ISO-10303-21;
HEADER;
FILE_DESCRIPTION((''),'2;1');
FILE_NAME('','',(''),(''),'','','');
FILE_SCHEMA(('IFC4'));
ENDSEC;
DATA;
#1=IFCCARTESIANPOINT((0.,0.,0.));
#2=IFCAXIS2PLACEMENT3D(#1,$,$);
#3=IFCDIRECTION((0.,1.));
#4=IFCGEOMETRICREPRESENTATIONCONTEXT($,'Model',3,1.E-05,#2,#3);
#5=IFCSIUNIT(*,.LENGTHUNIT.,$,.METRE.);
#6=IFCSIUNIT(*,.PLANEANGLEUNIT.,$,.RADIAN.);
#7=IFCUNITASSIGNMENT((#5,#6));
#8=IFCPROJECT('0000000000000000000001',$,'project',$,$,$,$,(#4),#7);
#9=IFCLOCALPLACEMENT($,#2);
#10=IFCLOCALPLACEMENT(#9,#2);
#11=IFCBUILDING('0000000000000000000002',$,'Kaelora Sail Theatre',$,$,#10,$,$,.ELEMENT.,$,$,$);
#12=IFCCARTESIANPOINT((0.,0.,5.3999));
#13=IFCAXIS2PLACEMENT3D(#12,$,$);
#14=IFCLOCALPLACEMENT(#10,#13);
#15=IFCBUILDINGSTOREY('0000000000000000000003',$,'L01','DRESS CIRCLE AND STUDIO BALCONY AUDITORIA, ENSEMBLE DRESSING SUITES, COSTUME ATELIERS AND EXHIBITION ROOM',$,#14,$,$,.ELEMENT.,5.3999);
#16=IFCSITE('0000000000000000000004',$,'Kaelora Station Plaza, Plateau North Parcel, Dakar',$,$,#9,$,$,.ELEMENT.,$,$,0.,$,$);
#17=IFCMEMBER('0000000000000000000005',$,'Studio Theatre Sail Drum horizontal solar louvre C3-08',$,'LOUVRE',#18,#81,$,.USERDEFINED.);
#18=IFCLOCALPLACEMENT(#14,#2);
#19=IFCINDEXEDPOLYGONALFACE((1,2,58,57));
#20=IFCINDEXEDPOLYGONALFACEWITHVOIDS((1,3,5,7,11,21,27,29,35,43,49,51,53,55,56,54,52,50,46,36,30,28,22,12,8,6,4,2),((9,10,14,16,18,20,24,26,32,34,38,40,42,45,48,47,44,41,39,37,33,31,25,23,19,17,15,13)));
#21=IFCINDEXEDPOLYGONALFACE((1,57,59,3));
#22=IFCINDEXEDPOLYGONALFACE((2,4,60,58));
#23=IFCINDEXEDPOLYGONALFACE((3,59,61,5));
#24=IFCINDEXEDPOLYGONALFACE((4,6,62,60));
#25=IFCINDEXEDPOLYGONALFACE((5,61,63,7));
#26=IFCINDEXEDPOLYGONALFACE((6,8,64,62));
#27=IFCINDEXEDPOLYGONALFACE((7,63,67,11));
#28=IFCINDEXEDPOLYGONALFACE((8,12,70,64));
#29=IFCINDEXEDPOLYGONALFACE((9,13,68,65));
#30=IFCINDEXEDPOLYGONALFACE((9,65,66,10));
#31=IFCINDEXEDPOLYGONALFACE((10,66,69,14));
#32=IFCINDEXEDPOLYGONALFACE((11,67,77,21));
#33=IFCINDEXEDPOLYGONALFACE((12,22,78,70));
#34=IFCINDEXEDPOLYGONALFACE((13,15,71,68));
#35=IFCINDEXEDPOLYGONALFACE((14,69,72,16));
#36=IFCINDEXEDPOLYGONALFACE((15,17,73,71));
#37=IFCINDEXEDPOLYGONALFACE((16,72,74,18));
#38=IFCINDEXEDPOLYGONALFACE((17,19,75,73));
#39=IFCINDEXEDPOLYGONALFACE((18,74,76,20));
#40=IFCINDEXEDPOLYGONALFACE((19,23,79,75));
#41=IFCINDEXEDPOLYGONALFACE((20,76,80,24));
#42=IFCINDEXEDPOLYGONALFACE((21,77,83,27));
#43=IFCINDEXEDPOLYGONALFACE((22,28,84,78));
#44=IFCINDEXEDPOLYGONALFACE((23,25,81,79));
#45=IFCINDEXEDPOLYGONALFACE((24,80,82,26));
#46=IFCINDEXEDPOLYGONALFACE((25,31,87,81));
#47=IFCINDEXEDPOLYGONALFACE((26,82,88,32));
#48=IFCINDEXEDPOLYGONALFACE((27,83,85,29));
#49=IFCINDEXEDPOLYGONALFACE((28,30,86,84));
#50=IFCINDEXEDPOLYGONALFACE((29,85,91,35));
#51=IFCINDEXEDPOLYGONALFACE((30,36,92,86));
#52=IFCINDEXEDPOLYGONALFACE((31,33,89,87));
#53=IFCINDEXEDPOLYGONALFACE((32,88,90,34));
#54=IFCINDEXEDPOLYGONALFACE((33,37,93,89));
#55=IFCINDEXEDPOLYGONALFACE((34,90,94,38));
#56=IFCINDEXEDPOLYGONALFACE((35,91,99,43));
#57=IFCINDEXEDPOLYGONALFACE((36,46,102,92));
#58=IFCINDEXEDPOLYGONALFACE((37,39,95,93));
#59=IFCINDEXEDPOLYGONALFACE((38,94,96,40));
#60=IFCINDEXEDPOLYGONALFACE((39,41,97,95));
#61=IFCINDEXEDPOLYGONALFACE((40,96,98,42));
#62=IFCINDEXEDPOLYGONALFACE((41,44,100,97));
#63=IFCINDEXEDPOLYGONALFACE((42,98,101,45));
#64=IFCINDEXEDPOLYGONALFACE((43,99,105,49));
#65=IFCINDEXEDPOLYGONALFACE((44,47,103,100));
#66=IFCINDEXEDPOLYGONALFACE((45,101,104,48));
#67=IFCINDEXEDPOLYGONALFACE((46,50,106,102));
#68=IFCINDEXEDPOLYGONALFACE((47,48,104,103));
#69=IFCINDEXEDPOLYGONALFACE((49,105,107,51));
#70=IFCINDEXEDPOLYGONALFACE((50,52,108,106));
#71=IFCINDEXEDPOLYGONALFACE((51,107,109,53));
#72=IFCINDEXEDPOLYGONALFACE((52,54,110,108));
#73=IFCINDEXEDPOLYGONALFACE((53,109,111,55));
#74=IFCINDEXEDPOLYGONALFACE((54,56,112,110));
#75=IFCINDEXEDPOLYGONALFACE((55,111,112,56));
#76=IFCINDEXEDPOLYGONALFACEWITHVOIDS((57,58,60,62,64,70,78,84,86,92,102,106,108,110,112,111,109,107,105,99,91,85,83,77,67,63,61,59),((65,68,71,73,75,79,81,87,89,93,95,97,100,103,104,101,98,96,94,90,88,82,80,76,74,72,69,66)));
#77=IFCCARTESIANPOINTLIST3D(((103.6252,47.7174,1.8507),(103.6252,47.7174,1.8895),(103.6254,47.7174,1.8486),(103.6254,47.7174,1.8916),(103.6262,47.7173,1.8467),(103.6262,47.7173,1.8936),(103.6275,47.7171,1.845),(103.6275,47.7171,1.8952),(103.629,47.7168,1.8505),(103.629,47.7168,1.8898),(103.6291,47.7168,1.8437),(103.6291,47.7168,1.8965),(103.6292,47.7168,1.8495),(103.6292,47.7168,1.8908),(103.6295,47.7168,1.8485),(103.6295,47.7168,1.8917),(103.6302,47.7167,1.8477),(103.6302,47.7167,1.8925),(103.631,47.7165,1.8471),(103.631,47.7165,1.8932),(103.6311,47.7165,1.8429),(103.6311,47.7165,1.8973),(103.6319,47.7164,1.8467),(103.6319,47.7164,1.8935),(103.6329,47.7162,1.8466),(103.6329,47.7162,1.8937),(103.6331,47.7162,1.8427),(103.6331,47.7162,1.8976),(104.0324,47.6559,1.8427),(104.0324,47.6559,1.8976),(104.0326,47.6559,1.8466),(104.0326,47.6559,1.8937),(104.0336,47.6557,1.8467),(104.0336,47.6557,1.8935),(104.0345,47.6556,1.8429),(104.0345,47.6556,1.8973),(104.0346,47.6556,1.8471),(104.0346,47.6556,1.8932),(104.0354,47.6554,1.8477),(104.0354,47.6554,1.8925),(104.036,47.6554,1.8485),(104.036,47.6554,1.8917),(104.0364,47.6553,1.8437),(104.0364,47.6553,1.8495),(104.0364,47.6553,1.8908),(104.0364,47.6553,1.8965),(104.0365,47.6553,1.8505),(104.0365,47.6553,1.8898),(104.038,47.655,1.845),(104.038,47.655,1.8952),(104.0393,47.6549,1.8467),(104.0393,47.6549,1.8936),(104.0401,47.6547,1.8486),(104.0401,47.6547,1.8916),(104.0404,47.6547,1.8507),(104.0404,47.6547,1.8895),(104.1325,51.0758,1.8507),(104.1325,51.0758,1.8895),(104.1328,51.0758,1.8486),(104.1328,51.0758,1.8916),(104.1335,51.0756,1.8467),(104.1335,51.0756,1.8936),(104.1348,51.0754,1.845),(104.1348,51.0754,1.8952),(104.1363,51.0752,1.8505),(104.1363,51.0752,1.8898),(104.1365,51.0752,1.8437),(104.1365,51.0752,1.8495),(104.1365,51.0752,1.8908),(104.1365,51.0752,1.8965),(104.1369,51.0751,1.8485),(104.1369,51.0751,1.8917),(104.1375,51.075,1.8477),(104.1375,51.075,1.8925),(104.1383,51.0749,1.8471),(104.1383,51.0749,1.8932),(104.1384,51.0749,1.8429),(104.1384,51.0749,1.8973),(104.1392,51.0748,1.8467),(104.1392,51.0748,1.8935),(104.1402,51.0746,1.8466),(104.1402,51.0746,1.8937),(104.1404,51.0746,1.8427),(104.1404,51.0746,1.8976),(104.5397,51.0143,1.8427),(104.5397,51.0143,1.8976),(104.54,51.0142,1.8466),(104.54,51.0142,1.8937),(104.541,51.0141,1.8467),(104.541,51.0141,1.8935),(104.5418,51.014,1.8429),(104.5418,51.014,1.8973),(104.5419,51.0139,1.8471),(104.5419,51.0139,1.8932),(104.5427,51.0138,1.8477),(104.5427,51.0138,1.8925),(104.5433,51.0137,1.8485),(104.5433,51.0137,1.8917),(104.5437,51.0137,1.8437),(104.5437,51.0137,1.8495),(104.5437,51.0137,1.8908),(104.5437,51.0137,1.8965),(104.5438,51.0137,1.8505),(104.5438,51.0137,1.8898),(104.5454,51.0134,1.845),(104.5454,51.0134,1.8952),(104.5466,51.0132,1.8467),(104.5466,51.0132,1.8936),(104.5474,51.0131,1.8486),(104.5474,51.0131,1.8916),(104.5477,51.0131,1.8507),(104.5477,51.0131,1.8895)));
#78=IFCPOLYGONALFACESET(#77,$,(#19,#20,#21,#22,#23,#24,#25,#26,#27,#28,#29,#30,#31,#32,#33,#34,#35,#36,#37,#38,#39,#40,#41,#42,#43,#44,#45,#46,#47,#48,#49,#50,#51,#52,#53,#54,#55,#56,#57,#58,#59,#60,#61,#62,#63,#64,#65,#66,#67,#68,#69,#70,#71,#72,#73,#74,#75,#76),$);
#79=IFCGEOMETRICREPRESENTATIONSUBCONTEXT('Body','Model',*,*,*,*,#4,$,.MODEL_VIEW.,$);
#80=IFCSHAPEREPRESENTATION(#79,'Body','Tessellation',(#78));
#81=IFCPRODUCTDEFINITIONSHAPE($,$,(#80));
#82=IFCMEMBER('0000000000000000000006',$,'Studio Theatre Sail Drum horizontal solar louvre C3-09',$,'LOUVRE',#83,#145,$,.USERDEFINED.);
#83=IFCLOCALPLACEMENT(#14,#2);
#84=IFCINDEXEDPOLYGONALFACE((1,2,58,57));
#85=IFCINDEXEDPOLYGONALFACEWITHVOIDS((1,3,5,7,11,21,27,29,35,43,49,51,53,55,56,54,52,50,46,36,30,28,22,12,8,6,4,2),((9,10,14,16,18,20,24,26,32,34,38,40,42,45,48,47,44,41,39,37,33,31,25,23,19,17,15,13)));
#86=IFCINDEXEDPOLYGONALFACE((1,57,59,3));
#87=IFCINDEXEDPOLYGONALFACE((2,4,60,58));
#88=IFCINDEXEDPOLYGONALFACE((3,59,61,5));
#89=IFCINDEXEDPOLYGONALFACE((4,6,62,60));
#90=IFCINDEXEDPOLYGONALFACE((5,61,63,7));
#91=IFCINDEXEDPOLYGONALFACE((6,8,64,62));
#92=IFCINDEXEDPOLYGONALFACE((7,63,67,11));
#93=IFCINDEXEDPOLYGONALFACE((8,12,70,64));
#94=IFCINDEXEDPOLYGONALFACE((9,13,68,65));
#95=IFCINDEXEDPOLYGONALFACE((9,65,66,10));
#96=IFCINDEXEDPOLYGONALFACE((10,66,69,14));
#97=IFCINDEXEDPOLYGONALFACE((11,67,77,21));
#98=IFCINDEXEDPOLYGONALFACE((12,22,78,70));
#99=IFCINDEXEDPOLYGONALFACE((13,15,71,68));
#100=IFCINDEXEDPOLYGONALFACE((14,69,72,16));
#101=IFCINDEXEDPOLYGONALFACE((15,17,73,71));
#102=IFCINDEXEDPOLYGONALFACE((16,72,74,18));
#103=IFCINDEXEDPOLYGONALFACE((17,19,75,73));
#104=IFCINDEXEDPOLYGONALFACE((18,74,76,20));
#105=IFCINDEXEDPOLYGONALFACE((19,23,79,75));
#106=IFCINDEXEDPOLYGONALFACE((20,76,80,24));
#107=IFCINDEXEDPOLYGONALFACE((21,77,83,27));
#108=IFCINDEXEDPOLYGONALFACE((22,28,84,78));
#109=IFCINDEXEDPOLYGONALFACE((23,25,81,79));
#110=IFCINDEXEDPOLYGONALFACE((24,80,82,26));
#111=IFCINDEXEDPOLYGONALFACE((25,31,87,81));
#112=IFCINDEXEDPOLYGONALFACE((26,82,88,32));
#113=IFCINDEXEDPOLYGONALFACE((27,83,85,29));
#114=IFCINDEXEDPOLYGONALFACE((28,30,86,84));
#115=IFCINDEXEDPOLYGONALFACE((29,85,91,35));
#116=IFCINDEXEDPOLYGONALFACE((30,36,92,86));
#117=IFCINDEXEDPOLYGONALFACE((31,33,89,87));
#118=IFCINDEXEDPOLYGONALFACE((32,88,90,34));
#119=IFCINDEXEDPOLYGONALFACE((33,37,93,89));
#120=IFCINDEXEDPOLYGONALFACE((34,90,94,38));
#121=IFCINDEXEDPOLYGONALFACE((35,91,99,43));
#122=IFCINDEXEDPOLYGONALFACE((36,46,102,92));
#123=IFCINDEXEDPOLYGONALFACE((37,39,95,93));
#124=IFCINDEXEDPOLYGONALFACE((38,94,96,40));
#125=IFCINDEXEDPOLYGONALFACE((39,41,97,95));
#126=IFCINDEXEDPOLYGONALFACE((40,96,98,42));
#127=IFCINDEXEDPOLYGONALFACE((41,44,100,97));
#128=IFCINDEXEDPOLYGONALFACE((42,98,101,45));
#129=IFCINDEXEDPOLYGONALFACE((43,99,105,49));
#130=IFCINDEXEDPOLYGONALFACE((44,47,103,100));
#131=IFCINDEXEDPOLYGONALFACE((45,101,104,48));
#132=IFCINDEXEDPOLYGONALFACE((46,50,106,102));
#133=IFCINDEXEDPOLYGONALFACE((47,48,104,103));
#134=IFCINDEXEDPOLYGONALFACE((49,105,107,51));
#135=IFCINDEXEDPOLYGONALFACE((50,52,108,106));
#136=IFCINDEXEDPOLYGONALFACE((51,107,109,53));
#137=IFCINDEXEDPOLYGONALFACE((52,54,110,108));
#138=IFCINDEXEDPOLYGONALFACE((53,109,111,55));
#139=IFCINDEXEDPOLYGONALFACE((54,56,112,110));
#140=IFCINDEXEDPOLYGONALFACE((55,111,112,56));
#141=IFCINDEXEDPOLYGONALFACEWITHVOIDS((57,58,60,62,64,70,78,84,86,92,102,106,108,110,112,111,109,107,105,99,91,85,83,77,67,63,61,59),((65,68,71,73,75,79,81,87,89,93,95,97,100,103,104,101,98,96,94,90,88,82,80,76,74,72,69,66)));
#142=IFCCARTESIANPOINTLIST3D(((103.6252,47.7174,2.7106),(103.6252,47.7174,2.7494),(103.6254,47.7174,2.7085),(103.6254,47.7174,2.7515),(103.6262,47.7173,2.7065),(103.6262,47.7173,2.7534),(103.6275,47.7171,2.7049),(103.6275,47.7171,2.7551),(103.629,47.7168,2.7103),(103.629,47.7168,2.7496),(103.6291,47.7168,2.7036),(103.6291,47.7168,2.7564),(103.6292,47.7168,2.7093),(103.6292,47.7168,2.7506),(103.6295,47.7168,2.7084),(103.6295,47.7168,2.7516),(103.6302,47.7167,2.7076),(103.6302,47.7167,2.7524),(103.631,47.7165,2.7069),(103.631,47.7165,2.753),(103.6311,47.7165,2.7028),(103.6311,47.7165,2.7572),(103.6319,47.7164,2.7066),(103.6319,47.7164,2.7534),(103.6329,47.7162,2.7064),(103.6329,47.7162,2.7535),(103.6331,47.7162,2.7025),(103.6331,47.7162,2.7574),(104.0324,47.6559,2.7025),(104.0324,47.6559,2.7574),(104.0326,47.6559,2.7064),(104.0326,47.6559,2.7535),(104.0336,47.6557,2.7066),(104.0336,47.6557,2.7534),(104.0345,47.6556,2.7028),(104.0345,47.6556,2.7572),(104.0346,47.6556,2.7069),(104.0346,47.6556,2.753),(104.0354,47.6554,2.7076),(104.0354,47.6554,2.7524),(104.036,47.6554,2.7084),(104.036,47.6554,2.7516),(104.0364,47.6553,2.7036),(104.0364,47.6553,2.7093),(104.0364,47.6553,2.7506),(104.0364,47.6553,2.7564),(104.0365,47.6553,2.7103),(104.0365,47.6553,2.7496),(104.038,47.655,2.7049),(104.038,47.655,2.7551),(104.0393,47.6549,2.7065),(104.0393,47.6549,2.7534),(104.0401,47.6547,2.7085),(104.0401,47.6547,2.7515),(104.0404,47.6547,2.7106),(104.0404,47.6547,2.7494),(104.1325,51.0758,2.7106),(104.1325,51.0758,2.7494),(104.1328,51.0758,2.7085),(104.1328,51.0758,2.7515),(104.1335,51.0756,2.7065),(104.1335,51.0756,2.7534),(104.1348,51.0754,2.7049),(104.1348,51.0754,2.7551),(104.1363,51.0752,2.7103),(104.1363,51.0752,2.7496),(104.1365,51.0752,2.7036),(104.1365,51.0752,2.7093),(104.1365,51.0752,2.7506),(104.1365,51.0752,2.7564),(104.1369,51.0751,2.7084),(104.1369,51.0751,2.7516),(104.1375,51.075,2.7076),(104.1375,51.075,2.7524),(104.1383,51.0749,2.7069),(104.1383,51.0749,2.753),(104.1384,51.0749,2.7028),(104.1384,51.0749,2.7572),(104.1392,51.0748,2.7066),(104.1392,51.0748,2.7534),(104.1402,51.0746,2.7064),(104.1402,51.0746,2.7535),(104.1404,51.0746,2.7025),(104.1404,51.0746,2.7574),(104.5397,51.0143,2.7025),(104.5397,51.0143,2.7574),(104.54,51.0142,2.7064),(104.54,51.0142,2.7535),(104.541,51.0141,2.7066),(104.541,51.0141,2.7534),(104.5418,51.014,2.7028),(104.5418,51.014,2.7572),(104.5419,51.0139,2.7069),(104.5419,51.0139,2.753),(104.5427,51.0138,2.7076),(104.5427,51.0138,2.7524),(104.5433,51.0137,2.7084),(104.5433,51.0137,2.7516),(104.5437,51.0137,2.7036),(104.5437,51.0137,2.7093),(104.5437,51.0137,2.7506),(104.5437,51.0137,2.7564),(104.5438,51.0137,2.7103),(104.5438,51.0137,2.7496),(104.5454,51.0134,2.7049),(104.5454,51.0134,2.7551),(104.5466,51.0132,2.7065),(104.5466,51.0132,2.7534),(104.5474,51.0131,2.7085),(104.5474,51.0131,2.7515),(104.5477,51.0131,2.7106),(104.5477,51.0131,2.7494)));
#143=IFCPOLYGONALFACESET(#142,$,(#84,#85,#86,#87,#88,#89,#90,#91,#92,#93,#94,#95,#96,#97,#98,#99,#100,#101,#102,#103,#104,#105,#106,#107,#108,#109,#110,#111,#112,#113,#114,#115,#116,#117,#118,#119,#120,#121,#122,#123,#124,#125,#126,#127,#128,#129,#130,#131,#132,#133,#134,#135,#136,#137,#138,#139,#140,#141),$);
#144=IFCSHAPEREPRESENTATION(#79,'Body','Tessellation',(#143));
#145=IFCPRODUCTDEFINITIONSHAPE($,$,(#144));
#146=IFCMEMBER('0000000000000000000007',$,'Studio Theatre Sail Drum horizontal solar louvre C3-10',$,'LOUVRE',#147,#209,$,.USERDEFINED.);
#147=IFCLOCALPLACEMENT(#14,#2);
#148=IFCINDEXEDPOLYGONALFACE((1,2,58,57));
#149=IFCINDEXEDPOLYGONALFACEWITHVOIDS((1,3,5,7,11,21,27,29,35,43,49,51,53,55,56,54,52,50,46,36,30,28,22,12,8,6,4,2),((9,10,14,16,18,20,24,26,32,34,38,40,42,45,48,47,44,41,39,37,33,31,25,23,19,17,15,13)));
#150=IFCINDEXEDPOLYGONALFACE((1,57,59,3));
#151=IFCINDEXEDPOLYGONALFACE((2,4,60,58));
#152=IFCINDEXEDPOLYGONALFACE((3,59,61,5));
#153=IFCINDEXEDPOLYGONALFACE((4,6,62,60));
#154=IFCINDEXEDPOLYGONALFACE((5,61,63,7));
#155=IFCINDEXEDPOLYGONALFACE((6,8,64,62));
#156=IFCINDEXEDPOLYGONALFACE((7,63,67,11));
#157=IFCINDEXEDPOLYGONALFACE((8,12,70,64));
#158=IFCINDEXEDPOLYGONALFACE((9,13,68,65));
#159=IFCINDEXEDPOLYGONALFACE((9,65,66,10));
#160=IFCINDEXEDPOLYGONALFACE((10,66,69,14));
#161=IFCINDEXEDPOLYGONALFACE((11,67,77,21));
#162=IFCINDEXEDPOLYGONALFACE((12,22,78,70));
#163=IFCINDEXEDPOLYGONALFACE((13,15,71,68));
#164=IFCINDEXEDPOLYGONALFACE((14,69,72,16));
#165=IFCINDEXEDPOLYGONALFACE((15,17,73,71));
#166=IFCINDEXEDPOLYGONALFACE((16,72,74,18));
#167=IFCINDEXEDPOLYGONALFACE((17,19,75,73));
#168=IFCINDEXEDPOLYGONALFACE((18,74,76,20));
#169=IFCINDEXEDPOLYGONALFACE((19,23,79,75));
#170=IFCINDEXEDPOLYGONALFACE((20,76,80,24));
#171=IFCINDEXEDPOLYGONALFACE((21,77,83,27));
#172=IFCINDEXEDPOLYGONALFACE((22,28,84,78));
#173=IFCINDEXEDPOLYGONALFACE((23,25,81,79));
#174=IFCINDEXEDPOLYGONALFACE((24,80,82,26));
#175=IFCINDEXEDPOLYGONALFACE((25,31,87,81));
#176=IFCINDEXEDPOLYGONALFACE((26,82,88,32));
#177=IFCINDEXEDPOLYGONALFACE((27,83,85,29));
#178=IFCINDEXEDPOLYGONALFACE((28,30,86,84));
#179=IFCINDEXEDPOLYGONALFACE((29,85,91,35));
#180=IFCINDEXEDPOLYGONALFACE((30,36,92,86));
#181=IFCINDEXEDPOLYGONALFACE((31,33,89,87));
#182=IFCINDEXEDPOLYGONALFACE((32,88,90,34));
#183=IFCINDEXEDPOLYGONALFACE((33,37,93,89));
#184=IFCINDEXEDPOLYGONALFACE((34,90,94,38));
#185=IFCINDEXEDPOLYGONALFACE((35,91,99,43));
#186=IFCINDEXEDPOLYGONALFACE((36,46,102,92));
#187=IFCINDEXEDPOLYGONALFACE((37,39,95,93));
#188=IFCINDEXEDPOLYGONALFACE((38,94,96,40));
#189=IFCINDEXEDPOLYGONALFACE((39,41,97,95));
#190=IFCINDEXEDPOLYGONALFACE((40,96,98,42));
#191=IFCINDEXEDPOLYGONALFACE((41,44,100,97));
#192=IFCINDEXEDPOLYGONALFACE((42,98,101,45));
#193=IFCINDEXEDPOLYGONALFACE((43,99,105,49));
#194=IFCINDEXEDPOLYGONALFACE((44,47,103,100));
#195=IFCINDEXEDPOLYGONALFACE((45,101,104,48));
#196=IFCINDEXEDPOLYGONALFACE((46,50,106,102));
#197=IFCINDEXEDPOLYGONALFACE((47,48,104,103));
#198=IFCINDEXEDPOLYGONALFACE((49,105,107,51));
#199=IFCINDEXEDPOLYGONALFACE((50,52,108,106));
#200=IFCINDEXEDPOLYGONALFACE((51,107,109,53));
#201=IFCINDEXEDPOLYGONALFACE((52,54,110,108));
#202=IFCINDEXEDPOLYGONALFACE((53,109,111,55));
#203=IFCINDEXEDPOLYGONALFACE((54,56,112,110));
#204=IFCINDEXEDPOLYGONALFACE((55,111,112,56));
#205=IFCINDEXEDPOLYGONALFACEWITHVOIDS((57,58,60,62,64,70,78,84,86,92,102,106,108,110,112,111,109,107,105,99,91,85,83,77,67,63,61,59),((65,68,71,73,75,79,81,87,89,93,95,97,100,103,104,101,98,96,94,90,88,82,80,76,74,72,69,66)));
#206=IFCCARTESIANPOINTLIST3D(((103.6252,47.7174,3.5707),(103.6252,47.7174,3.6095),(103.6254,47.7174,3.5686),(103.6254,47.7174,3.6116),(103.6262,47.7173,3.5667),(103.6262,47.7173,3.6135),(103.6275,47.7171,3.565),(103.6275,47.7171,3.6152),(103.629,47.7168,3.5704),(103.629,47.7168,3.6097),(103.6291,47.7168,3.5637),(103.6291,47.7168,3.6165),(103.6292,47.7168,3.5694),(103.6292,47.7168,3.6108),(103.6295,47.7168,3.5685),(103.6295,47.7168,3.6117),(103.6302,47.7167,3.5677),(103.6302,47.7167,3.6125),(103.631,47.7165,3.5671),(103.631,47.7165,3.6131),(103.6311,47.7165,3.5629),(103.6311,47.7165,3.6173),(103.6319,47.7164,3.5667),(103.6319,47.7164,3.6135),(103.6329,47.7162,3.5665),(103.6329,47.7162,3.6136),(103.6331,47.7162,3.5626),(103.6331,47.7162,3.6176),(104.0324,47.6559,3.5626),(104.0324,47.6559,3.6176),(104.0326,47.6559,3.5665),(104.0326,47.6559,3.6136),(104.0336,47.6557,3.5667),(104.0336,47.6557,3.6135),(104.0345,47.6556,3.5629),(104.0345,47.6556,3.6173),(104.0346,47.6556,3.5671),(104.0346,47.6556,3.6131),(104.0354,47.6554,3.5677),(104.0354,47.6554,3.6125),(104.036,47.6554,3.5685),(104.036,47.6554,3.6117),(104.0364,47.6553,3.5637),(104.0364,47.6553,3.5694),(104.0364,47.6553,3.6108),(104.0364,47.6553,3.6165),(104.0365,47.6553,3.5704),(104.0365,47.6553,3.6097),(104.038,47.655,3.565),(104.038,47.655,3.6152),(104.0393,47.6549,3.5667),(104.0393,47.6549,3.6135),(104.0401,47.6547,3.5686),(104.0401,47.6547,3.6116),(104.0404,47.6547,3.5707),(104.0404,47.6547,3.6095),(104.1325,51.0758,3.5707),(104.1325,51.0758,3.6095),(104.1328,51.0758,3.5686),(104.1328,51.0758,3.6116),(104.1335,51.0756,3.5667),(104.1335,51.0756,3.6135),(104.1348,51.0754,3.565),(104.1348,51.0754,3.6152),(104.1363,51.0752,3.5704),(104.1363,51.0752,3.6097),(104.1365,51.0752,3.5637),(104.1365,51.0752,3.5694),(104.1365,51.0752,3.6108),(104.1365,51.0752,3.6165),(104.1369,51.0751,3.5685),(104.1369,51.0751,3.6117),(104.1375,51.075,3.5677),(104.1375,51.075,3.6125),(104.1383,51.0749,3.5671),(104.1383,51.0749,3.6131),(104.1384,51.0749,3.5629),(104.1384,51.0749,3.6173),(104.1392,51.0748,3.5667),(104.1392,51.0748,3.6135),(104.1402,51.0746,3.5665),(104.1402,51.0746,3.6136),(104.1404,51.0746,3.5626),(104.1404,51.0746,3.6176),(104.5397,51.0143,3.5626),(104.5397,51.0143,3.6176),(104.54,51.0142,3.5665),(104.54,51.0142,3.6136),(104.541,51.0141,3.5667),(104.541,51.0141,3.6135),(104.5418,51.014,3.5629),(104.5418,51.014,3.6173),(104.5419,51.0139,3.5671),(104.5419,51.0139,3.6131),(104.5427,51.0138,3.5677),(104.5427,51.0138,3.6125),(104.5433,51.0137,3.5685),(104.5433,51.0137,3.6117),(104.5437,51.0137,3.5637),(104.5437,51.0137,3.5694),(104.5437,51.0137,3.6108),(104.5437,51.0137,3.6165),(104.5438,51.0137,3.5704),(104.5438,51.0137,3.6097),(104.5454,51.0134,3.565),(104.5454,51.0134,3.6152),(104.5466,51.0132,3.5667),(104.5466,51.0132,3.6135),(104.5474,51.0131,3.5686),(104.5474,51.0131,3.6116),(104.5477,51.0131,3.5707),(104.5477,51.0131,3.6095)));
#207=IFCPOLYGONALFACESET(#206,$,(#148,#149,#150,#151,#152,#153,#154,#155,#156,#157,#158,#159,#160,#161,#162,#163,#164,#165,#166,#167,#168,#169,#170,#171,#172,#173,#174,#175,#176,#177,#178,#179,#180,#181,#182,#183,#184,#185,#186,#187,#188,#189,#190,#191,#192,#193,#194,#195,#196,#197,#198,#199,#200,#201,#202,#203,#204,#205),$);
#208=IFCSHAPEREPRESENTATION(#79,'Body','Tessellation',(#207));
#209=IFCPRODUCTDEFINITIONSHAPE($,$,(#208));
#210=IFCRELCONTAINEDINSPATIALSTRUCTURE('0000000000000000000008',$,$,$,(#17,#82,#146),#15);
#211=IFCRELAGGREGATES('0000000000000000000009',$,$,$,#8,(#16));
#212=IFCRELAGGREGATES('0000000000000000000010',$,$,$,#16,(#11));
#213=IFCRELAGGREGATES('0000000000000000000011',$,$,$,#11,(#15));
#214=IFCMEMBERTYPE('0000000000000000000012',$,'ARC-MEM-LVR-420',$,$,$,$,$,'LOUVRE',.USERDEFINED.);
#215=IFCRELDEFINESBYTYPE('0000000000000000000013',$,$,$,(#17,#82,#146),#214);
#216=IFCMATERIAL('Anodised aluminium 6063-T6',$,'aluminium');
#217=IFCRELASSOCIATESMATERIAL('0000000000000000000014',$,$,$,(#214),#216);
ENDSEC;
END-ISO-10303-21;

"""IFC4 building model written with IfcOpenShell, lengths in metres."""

from ifc_helpers import new_model, si_unit, direction, frame, origin, origin_2d, place, context, subcontext, project, spatial, hollow_rectangle, extrude, material, material_profile, profile_set, type_object, element, save


model = new_model("IFC4")

# Units and contexts
model_context = context("Model", 3, precision=1e-05, world=origin(), true_north=direction((0.0, 1.0)))
body_context = subcontext(model_context, "Body", "Model", "MODEL_VIEW")
ifc_project = project(units=[si_unit("LENGTHUNIT", "METRE"), si_unit("PLANEANGLEUNIT", "RADIAN")], contexts=[model_context])

# Site, building, storey
site_placement = place(None, origin())
site = spatial("IfcSite", under=ifc_project, at=site_placement, Name="Kaelora Station Plaza, Plateau North Parcel, Dakar", CompositionType="ELEMENT", RefElevation=0.0)
building_placement = place(site_placement, origin())
building = spatial("IfcBuilding", under=site, at=building_placement, Name="Kaelora Sail Theatre", CompositionType="ELEMENT")
storey_placement = place(building_placement, frame((0.0, 0.0, 5.3999)))
storey = spatial("IfcBuildingStorey", under=building, at=storey_placement, Name="L01", Description="DRESS CIRCLE AND STUDIO BALCONY AUDITORIA, ENSEMBLE DRESSING SUITES, COSTUME ATELIERS AND EXHIBITION ROOM", CompositionType="ELEMENT", Elevation=5.3999)

# Members
ifc_material_1 = material(Name="Anodised aluminium 6063-T6", Category="aluminium")
ifc_material_profile_1 = material_profile(ifc_material_1, hollow_rectangle(XDim=0.4199, YDim=0.0549, WallThickness=0.0039, InnerFilletRadius=0.0039, OuterFilletRadius=0.0081, at=origin_2d()), Name="LOUVRE 420x55x4")
ifc_profile_set_1 = profile_set([ifc_material_profile_1], Name="Anodised aluminium 6063-T6")
member_type_1 = type_object("IfcMemberType", Name="ARC-MEM-LVR-420", ElementType="LOUVRE", PredefinedType="USERDEFINED", material=ifc_profile_set_1)
for number, where, z_axis, x_axis, name in (
    (1, (104.3401, 51.0444, 1.8701), (-0.149367, -0.988782, 0.0), (0.988782, -0.149367, 0.0), "Studio Theatre Sail Drum horizontal solar louvre C3-08"),
    (2, (104.3401, 51.0444, 2.73), (-0.149367, -0.988782, 0.0), (0.988782, -0.149367, 0.0), "Studio Theatre Sail Drum horizontal solar louvre C3-09"),
    (3, (104.3401, 51.0444, 3.5901), (-0.149367, -0.988782, 0.0), (0.988782, -0.149367, 0.0), "Studio Theatre Sail Drum horizontal solar louvre C3-10"),
):
    element("IfcMember", number, at=place(storey_placement, frame(where, z_axis=z_axis, x_axis=x_axis)), inside=storey, type_object=member_type_1, Name=name, ObjectType="LOUVRE", PredefinedType="USERDEFINED", context=body_context, shape_type="SweptSolid", body=[
        extrude(hollow_rectangle(XDim=0.4199, YDim=0.0549, WallThickness=0.0039, InnerFilletRadius=0.0039, OuterFilletRadius=0.0081, at=origin_2d()), origin(), (0.0, 0.0, 1.0), 3.3965),
    ])

save(model, "model.ifc")
